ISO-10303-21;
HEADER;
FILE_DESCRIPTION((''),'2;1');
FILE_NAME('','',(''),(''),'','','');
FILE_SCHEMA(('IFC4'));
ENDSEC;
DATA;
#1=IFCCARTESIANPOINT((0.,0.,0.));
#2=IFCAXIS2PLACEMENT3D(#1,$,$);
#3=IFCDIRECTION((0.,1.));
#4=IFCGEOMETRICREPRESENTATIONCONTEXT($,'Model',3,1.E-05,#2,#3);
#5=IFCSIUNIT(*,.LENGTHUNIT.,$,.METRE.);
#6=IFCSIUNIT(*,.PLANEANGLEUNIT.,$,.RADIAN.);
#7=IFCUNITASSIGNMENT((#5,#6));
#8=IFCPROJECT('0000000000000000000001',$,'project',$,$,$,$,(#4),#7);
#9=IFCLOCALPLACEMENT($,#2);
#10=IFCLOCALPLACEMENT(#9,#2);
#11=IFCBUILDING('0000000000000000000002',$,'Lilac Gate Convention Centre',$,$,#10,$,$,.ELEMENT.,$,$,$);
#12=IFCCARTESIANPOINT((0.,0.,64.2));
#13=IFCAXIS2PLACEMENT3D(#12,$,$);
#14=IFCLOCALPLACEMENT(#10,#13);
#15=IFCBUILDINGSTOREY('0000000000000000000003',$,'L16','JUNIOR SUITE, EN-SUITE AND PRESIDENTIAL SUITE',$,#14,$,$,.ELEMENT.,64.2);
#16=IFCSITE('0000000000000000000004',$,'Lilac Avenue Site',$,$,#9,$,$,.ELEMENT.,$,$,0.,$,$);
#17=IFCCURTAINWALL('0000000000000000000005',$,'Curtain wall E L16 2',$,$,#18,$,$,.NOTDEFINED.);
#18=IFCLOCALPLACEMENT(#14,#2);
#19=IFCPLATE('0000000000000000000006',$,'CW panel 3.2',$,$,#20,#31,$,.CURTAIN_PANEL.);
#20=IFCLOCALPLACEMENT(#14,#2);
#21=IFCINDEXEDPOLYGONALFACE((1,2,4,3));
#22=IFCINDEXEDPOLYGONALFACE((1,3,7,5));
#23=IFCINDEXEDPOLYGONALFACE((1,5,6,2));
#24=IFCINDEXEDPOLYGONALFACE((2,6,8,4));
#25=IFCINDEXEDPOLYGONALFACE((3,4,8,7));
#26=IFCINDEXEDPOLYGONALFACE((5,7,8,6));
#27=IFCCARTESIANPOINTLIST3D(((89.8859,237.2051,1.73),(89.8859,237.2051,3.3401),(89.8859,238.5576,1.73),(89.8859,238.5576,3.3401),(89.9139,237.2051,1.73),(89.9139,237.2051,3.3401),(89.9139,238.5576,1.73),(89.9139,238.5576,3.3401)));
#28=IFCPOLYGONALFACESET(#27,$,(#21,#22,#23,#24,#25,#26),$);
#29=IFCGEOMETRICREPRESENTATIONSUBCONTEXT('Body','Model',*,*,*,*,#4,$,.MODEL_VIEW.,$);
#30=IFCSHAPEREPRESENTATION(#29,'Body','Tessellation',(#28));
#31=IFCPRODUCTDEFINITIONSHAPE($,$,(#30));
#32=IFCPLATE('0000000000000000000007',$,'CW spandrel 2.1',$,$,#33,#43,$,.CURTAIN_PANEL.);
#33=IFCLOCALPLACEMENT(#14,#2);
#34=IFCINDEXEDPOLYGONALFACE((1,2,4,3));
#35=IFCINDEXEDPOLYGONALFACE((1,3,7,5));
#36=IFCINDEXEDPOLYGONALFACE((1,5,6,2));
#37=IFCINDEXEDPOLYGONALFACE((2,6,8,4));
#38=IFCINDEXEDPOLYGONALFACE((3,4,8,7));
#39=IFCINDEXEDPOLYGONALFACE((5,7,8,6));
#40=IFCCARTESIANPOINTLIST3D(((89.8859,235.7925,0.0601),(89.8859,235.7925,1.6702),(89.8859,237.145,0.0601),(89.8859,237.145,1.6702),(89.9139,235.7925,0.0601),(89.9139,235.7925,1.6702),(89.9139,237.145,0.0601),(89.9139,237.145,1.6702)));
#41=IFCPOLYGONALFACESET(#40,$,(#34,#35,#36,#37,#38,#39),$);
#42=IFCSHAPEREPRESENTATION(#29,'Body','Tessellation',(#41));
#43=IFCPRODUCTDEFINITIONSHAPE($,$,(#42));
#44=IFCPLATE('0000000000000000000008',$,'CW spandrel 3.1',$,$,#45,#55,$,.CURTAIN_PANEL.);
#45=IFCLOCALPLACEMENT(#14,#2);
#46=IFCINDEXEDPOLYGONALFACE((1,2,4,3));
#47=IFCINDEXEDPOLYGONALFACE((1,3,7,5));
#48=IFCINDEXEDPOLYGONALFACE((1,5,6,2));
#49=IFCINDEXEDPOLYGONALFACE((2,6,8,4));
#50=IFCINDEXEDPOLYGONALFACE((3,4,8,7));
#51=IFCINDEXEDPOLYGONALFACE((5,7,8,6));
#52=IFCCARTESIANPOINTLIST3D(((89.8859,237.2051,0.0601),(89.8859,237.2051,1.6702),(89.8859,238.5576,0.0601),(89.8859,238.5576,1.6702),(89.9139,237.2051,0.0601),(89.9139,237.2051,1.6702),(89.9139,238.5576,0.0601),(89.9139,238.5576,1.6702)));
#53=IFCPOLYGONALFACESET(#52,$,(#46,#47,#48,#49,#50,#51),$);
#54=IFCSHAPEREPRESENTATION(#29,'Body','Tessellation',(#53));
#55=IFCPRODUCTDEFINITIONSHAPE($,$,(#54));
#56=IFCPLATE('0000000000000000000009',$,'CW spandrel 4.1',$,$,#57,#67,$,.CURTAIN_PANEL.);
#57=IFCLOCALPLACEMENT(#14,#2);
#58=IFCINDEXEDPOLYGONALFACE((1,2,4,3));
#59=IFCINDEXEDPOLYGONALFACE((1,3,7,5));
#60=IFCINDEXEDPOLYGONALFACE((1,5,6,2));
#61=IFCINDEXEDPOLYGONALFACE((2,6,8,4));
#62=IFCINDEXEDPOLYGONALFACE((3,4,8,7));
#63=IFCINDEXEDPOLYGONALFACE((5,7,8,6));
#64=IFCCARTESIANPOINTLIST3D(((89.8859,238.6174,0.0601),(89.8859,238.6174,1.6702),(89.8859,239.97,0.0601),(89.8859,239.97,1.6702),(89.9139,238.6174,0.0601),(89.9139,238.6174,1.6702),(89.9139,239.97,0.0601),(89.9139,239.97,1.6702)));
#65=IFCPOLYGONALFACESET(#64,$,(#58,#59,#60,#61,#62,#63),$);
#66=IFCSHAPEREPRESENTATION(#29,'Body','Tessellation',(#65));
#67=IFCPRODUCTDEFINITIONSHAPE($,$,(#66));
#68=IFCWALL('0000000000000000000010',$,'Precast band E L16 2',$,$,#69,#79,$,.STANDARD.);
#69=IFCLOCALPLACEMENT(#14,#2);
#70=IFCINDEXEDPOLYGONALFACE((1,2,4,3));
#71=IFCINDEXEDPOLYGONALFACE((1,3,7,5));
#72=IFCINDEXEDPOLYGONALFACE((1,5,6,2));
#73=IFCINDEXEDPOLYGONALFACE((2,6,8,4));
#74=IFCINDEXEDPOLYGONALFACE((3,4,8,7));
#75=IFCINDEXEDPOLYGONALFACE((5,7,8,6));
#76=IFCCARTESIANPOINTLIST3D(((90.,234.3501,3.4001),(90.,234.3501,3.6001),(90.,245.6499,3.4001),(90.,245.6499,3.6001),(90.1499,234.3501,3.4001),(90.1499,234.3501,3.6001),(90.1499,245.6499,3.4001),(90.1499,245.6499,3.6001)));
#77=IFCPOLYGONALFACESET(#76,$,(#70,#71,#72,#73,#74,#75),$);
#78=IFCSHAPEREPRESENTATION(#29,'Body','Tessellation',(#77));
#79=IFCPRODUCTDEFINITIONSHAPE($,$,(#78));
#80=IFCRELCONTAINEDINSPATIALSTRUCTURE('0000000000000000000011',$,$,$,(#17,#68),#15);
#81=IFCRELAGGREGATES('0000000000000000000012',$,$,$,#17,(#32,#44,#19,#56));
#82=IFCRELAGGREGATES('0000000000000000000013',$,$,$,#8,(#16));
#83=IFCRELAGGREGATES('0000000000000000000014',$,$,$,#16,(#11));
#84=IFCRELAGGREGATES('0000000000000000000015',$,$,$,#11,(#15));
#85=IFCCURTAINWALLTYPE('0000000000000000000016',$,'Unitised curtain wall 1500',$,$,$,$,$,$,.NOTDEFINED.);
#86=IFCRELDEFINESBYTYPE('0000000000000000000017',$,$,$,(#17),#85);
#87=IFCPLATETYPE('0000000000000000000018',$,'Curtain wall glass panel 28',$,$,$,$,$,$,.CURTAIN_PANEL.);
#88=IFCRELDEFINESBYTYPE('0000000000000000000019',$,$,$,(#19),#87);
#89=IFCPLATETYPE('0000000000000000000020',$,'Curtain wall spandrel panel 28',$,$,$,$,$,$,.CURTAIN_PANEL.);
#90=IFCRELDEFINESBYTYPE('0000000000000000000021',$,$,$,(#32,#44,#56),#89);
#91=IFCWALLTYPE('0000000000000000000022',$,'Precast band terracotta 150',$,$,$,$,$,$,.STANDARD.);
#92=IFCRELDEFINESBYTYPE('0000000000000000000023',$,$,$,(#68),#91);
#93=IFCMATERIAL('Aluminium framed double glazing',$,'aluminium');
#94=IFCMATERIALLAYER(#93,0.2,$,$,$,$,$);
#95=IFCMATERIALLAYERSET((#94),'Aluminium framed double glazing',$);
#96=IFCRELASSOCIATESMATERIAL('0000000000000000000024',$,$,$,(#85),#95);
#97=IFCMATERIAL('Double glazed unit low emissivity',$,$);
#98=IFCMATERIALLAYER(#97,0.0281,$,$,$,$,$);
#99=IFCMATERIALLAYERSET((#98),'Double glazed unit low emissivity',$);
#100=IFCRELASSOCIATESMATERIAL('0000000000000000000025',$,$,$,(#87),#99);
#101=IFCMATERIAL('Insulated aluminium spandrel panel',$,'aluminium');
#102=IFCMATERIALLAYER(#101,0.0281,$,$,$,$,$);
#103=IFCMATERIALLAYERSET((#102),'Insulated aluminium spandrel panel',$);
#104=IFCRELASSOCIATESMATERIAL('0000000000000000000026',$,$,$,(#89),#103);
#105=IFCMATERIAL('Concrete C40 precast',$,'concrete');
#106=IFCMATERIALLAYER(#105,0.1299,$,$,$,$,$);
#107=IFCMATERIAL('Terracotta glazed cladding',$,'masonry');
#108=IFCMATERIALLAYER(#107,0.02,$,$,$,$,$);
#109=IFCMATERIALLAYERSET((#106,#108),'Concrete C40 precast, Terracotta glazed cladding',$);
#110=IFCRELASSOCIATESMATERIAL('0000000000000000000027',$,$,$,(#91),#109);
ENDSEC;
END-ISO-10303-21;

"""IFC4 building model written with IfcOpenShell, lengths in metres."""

from ifc_helpers import new_model, si_unit, direction, frame, frame_2d, origin, origin_2d, place, context, subcontext, project, spatial, rectangle, extrude, material, layer, layer_set, type_object, element, aggregate, save


model = new_model("IFC4")

# Units and contexts
model_context = context("Model", 3, precision=1e-05, world=origin(), true_north=direction((0.0, 1.0)))
body_context = subcontext(model_context, "Body", "Model", "MODEL_VIEW")
ifc_project = project(units=[si_unit("LENGTHUNIT", "METRE"), si_unit("PLANEANGLEUNIT", "RADIAN")], contexts=[model_context])

# Site, building, storey
site_placement = place(None, origin())
site = spatial("IfcSite", under=ifc_project, at=site_placement, Name="Lilac Avenue Site", CompositionType="ELEMENT", RefElevation=0.0)
building_placement = place(site_placement, origin())
building = spatial("IfcBuilding", under=site, at=building_placement, Name="Lilac Gate Convention Centre", CompositionType="ELEMENT")
storey_placement = place(building_placement, frame((0.0, 0.0, 64.2)))
storey = spatial("IfcBuildingStorey", under=building, at=storey_placement, Name="L16", Description="JUNIOR SUITE, EN-SUITE AND PRESIDENTIAL SUITE", CompositionType="ELEMENT", Elevation=64.2)

# Curtain wall
ifc_material_1 = material(Name="Aluminium framed double glazing", Category="aluminium")
ifc_layer_1 = layer(ifc_material_1, 0.2)
ifc_layer_set_1 = layer_set([ifc_layer_1], Name="Aluminium framed double glazing")
curtain_wall_type = type_object("IfcCurtainWallType", Name="Unitised curtain wall 1500", PredefinedType="NOTDEFINED", material=ifc_layer_set_1)
curtain_wall_placement = place(storey_placement, origin())
curtain_wall = element("IfcCurtainWall", 1, at=curtain_wall_placement, inside=storey, type_object=curtain_wall_type, Name="Curtain wall E L16 2", PredefinedType="NOTDEFINED")

# Plates
ifc_material_2 = material(Name="Double glazed unit low emissivity")
ifc_layer_2 = layer(ifc_material_2, 0.0281)
ifc_layer_set_2 = layer_set([ifc_layer_2], Name="Double glazed unit low emissivity")
plate_type_1 = type_object("IfcPlateType", Name="Curtain wall glass panel 28", PredefinedType="CURTAIN_PANEL", material=ifc_layer_set_2)
plate_1_placement = place(storey_placement, frame((89.8999, 237.8813, 1.73), z_axis=(0.0, 0.0, 1.0), x_axis=(0.0, 1.0, 0.0)))
plate_1 = element("IfcPlate", 2, at=plate_1_placement, type_object=plate_type_1, Name="CW panel 3.2", PredefinedType="CURTAIN_PANEL", context=body_context, shape_type="SweptSolid", body=[
    extrude(rectangle(XDim=1.3525, YDim=0.0281, at=origin_2d()), origin(), (0.0, 0.0, 1.0), 1.6101),
])
ifc_material_3 = material(Name="Insulated aluminium spandrel panel", Category="aluminium")
ifc_layer_3 = layer(ifc_material_3, 0.0281)
ifc_layer_set_3 = layer_set([ifc_layer_3], Name="Insulated aluminium spandrel panel")
plate_type_2 = type_object("IfcPlateType", Name="Curtain wall spandrel panel 28", PredefinedType="CURTAIN_PANEL", material=ifc_layer_set_3)
plate_2_placement = place(storey_placement, frame((89.8999, 236.4688, 0.0601), z_axis=(0.0, 0.0, 1.0), x_axis=(0.0, 1.0, 0.0)))
plate_2 = element("IfcPlate", 3, at=plate_2_placement, type_object=plate_type_2, Name="CW spandrel 2.1", PredefinedType="CURTAIN_PANEL", context=body_context, shape_type="SweptSolid", body=[
    extrude(rectangle(XDim=1.3525, YDim=0.0281, at=origin_2d()), origin(), (0.0, 0.0, 1.0), 1.6101),
])
plate_3_placement = place(storey_placement, frame((89.8999, 237.8813, 0.0601), z_axis=(0.0, 0.0, 1.0), x_axis=(0.0, 1.0, 0.0)))
plate_3 = element("IfcPlate", 4, at=plate_3_placement, type_object=plate_type_2, Name="CW spandrel 3.1", PredefinedType="CURTAIN_PANEL", context=body_context, shape_type="SweptSolid", body=[
    extrude(rectangle(XDim=1.3525, YDim=0.0281, at=origin_2d()), origin(), (0.0, 0.0, 1.0), 1.6101),
])
plate_4_placement = place(storey_placement, frame((89.8999, 239.2937, 0.0601), z_axis=(0.0, 0.0, 1.0), x_axis=(0.0, 1.0, 0.0)))
plate_4 = element("IfcPlate", 5, at=plate_4_placement, type_object=plate_type_2, Name="CW spandrel 4.1", PredefinedType="CURTAIN_PANEL", context=body_context, shape_type="SweptSolid", body=[
    extrude(rectangle(XDim=1.3525, YDim=0.0281, at=origin_2d()), origin(), (0.0, 0.0, 1.0), 1.6101),
])
aggregate(curtain_wall, [plate_2, plate_3, plate_1, plate_4])

# Wall
ifc_material_4 = material(Name="Concrete C40 precast", Category="concrete")
ifc_layer_4 = layer(ifc_material_4, 0.1299)
ifc_material_5 = material(Name="Terracotta glazed cladding", Category="masonry")
ifc_layer_5 = layer(ifc_material_5, 0.02)
ifc_layer_set_4 = layer_set([ifc_layer_4, ifc_layer_5], Name="Concrete C40 precast, Terracotta glazed cladding")
wall_type = type_object("IfcWallType", Name="Precast band terracotta 150", PredefinedType="STANDARD", material=ifc_layer_set_4)
wall_placement = place(storey_placement, frame((90.075, 234.3501, 3.4001), z_axis=(0.0, 0.0, 1.0), x_axis=(0.0, 1.0, 0.0)))
element("IfcWall", 6, at=wall_placement, inside=storey, type_object=wall_type, Name="Precast band E L16 2", PredefinedType="STANDARD", context=body_context, shape_type="SweptSolid", body=[
    extrude(rectangle(XDim=11.2998, YDim=0.1499, at=frame_2d((5.6499, 0.0))), origin(), (0.0, 0.0, 1.0), 0.2),
])

save(model, "model.ifc")
